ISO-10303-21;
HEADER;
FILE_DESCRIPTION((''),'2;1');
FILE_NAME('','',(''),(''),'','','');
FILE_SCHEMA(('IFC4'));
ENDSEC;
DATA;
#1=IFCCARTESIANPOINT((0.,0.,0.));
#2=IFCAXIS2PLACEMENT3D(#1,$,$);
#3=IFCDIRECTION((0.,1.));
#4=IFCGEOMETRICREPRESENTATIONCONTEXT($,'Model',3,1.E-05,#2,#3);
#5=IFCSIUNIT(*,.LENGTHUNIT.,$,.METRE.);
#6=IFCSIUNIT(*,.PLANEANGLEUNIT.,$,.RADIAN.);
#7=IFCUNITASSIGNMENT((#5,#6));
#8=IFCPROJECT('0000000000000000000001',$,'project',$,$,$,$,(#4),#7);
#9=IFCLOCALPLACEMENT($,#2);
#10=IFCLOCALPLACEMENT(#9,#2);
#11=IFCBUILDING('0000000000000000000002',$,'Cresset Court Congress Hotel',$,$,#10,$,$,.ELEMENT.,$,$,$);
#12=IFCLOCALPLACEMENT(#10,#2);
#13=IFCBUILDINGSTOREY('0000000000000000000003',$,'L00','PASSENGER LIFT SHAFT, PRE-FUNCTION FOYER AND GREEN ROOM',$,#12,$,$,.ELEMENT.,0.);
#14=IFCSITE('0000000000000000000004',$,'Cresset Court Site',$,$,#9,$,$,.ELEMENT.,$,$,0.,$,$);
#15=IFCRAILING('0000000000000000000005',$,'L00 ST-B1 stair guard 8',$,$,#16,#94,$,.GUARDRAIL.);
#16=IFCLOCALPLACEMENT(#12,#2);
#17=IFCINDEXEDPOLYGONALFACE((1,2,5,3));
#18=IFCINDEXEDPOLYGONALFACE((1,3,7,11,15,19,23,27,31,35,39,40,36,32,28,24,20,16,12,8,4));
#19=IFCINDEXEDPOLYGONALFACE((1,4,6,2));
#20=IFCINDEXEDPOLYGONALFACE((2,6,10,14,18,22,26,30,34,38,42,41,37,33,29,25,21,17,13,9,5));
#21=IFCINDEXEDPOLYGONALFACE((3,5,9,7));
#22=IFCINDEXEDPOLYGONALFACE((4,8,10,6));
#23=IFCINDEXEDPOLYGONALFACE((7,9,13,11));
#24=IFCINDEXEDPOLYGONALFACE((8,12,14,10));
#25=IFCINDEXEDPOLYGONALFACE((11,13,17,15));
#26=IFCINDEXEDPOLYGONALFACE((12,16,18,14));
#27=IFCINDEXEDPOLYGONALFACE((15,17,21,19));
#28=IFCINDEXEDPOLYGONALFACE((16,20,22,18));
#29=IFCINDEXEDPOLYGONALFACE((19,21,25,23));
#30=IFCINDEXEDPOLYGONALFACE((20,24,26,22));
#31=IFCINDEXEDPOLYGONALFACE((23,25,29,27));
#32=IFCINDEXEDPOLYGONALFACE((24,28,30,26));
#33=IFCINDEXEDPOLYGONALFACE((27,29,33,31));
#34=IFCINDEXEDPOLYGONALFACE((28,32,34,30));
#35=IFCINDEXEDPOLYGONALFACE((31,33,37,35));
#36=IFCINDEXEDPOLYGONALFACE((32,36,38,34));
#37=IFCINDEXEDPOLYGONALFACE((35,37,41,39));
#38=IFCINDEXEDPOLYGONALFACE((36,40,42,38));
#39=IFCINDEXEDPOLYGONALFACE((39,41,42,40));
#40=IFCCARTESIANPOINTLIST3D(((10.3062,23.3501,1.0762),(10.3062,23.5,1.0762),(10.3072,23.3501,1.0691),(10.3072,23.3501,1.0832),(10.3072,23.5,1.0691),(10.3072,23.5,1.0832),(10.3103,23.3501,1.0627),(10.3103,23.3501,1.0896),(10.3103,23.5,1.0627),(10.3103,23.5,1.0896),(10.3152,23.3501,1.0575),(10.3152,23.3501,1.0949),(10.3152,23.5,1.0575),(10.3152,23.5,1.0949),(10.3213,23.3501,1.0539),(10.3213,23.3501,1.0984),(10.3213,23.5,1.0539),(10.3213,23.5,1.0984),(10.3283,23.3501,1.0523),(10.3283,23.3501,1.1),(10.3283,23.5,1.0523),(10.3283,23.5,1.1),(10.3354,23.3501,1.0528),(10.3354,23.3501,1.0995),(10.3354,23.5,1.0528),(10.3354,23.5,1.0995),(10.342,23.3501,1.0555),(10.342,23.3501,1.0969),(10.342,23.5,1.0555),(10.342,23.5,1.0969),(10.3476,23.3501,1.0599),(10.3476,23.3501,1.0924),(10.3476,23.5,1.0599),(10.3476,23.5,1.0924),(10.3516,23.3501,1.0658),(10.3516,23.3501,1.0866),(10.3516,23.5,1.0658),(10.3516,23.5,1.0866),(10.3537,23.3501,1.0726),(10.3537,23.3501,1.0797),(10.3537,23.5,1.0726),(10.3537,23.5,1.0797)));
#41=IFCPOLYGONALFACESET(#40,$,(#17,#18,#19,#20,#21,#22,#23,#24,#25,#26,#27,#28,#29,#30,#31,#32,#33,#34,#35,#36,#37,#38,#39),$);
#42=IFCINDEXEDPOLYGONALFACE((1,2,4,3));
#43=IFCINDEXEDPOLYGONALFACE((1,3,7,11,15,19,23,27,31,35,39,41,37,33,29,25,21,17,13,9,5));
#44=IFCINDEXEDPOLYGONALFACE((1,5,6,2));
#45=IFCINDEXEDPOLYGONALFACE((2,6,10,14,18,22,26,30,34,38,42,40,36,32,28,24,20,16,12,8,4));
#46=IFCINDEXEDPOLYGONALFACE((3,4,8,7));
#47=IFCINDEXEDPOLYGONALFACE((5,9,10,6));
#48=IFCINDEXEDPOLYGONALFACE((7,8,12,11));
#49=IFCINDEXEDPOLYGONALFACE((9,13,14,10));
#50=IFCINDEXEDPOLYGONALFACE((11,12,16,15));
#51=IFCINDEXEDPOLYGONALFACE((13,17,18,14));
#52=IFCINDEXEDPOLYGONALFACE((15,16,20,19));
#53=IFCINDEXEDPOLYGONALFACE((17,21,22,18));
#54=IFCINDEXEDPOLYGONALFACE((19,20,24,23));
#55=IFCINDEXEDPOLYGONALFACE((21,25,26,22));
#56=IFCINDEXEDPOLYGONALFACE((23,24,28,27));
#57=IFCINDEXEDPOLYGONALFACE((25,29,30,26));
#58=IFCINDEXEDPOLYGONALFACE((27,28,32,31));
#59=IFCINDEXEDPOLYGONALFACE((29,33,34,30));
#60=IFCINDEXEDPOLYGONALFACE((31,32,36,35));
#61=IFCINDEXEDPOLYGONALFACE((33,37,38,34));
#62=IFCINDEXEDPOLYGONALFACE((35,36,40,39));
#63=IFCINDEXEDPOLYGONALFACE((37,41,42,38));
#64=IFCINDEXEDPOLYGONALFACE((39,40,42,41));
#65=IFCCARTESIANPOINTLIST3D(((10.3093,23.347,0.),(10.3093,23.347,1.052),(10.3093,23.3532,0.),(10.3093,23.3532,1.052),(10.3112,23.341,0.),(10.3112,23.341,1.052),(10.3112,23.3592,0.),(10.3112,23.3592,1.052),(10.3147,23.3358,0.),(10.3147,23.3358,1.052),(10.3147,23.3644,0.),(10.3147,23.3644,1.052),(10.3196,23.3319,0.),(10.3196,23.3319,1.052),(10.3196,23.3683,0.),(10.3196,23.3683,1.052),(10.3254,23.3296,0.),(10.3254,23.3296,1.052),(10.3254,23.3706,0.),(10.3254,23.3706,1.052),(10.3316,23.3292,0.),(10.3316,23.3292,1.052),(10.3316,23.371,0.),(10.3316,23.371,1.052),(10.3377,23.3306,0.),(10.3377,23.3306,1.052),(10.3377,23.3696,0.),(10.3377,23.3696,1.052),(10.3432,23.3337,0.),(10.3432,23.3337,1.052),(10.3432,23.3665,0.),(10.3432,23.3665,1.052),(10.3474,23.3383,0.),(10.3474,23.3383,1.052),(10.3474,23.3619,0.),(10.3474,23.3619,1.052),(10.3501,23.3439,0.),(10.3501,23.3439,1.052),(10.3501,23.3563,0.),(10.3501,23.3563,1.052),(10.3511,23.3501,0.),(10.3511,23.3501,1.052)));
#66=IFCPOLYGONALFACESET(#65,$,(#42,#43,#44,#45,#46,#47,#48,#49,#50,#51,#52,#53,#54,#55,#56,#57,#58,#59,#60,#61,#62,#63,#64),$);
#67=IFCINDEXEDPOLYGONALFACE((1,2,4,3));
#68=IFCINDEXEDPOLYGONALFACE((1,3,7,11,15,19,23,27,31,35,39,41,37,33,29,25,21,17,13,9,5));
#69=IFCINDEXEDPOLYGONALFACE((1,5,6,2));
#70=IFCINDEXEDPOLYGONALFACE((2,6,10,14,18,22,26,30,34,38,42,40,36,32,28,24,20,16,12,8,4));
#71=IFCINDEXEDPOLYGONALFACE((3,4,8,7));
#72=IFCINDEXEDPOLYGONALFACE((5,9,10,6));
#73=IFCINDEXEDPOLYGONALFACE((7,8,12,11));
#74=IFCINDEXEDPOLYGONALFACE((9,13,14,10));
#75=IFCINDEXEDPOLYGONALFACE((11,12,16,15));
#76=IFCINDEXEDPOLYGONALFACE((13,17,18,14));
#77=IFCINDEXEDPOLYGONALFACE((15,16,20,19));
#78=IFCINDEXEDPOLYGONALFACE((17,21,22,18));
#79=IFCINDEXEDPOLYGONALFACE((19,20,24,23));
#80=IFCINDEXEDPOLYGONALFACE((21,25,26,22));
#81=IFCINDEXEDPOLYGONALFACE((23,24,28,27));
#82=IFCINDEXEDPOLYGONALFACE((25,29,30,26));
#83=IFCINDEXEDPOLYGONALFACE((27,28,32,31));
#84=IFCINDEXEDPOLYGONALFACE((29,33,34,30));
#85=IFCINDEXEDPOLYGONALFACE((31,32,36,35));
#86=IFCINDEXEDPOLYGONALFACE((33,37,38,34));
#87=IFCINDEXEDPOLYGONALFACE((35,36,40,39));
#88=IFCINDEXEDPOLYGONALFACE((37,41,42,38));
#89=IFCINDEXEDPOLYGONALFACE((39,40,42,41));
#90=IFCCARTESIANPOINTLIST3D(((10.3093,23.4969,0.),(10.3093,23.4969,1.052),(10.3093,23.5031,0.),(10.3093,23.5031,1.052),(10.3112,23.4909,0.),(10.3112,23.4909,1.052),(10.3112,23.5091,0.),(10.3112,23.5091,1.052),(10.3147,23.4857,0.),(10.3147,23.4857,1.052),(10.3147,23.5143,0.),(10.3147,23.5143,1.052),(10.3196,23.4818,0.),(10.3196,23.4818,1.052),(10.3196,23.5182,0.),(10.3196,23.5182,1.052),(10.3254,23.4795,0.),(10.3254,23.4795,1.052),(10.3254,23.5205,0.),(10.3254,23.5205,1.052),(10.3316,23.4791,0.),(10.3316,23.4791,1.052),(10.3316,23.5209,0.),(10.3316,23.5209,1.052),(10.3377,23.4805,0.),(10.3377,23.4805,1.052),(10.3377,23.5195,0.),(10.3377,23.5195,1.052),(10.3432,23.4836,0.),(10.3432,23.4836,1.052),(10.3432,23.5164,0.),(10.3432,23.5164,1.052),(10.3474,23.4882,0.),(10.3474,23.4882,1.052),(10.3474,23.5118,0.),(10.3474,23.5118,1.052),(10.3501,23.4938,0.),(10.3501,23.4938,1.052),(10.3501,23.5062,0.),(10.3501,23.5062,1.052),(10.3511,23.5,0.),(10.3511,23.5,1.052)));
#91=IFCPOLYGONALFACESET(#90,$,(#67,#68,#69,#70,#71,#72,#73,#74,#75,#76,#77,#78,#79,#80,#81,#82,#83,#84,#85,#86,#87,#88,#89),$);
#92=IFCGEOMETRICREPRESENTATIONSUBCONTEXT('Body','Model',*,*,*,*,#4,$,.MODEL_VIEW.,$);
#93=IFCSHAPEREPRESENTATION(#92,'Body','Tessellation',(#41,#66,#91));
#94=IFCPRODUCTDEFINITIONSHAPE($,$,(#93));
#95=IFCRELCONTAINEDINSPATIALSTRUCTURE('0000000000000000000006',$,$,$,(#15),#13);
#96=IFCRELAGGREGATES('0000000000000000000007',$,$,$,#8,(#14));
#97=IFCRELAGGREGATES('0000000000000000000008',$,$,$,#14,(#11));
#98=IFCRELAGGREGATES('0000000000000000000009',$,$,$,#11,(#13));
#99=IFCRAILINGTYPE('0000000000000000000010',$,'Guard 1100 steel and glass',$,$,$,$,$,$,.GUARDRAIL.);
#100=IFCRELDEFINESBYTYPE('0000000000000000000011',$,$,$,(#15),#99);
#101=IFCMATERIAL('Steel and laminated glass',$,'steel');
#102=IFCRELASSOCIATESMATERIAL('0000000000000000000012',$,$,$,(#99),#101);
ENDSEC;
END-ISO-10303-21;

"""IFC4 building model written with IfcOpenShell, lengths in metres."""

from ifc_helpers import new_model, si_unit, direction, frame, origin, origin_2d, place, context, subcontext, project, spatial, circle, extrude, material, type_object, element, save


model = new_model("IFC4")

# Units and contexts
model_context = context("Model", 3, precision=1e-05, world=origin(), true_north=direction((0.0, 1.0)))
body_context = subcontext(model_context, "Body", "Model", "MODEL_VIEW")
ifc_project = project(units=[si_unit("LENGTHUNIT", "METRE"), si_unit("PLANEANGLEUNIT", "RADIAN")], contexts=[model_context])

# Site, building, storey
site_placement = place(None, origin())
site = spatial("IfcSite", under=ifc_project, at=site_placement, Name="Cresset Court Site", CompositionType="ELEMENT", RefElevation=0.0)
building_placement = place(site_placement, origin())
building = spatial("IfcBuilding", under=site, at=building_placement, Name="Cresset Court Congress Hotel", CompositionType="ELEMENT")
storey_placement = place(building_placement, origin())
storey = spatial("IfcBuildingStorey", under=building, at=storey_placement, Name="L00", Description="PASSENGER LIFT SHAFT, PRE-FUNCTION FOYER AND GREEN ROOM", CompositionType="ELEMENT", Elevation=0.0)

# Railing
ifc_material_1 = material(Name="Steel and laminated glass", Category="steel")
railing_type_1 = type_object("IfcRailingType", Name="Guard 1100 steel and glass", PredefinedType="GUARDRAIL", material=ifc_material_1)
railing_1_placement = place(storey_placement, frame((10.3301, 23.3501, 0.0)))
element("IfcRailing", 1, at=railing_1_placement, inside=storey, type_object=railing_type_1, Name="L00 ST-B1 stair guard 8", PredefinedType="GUARDRAIL", context=body_context, shape_type="SweptSolid", body=[
    extrude(circle(Radius=0.0239, at=origin_2d()), frame((0.0, 0.0, 1.0762), z_axis=(0.0, 1.0, 0.0), x_axis=(-1.0, 0.0, 0.0)), (0.0, 0.0, 1.0), 0.1499),
    extrude(circle(Radius=0.021, at=origin_2d()), origin(), (0.0, 0.0, 1.0), 1.052),
    extrude(circle(Radius=0.021, at=origin_2d()), frame((0.0, 0.1499, 0.0)), (0.0, 0.0, 1.0), 1.052),
])

save(model, "model.ifc")
